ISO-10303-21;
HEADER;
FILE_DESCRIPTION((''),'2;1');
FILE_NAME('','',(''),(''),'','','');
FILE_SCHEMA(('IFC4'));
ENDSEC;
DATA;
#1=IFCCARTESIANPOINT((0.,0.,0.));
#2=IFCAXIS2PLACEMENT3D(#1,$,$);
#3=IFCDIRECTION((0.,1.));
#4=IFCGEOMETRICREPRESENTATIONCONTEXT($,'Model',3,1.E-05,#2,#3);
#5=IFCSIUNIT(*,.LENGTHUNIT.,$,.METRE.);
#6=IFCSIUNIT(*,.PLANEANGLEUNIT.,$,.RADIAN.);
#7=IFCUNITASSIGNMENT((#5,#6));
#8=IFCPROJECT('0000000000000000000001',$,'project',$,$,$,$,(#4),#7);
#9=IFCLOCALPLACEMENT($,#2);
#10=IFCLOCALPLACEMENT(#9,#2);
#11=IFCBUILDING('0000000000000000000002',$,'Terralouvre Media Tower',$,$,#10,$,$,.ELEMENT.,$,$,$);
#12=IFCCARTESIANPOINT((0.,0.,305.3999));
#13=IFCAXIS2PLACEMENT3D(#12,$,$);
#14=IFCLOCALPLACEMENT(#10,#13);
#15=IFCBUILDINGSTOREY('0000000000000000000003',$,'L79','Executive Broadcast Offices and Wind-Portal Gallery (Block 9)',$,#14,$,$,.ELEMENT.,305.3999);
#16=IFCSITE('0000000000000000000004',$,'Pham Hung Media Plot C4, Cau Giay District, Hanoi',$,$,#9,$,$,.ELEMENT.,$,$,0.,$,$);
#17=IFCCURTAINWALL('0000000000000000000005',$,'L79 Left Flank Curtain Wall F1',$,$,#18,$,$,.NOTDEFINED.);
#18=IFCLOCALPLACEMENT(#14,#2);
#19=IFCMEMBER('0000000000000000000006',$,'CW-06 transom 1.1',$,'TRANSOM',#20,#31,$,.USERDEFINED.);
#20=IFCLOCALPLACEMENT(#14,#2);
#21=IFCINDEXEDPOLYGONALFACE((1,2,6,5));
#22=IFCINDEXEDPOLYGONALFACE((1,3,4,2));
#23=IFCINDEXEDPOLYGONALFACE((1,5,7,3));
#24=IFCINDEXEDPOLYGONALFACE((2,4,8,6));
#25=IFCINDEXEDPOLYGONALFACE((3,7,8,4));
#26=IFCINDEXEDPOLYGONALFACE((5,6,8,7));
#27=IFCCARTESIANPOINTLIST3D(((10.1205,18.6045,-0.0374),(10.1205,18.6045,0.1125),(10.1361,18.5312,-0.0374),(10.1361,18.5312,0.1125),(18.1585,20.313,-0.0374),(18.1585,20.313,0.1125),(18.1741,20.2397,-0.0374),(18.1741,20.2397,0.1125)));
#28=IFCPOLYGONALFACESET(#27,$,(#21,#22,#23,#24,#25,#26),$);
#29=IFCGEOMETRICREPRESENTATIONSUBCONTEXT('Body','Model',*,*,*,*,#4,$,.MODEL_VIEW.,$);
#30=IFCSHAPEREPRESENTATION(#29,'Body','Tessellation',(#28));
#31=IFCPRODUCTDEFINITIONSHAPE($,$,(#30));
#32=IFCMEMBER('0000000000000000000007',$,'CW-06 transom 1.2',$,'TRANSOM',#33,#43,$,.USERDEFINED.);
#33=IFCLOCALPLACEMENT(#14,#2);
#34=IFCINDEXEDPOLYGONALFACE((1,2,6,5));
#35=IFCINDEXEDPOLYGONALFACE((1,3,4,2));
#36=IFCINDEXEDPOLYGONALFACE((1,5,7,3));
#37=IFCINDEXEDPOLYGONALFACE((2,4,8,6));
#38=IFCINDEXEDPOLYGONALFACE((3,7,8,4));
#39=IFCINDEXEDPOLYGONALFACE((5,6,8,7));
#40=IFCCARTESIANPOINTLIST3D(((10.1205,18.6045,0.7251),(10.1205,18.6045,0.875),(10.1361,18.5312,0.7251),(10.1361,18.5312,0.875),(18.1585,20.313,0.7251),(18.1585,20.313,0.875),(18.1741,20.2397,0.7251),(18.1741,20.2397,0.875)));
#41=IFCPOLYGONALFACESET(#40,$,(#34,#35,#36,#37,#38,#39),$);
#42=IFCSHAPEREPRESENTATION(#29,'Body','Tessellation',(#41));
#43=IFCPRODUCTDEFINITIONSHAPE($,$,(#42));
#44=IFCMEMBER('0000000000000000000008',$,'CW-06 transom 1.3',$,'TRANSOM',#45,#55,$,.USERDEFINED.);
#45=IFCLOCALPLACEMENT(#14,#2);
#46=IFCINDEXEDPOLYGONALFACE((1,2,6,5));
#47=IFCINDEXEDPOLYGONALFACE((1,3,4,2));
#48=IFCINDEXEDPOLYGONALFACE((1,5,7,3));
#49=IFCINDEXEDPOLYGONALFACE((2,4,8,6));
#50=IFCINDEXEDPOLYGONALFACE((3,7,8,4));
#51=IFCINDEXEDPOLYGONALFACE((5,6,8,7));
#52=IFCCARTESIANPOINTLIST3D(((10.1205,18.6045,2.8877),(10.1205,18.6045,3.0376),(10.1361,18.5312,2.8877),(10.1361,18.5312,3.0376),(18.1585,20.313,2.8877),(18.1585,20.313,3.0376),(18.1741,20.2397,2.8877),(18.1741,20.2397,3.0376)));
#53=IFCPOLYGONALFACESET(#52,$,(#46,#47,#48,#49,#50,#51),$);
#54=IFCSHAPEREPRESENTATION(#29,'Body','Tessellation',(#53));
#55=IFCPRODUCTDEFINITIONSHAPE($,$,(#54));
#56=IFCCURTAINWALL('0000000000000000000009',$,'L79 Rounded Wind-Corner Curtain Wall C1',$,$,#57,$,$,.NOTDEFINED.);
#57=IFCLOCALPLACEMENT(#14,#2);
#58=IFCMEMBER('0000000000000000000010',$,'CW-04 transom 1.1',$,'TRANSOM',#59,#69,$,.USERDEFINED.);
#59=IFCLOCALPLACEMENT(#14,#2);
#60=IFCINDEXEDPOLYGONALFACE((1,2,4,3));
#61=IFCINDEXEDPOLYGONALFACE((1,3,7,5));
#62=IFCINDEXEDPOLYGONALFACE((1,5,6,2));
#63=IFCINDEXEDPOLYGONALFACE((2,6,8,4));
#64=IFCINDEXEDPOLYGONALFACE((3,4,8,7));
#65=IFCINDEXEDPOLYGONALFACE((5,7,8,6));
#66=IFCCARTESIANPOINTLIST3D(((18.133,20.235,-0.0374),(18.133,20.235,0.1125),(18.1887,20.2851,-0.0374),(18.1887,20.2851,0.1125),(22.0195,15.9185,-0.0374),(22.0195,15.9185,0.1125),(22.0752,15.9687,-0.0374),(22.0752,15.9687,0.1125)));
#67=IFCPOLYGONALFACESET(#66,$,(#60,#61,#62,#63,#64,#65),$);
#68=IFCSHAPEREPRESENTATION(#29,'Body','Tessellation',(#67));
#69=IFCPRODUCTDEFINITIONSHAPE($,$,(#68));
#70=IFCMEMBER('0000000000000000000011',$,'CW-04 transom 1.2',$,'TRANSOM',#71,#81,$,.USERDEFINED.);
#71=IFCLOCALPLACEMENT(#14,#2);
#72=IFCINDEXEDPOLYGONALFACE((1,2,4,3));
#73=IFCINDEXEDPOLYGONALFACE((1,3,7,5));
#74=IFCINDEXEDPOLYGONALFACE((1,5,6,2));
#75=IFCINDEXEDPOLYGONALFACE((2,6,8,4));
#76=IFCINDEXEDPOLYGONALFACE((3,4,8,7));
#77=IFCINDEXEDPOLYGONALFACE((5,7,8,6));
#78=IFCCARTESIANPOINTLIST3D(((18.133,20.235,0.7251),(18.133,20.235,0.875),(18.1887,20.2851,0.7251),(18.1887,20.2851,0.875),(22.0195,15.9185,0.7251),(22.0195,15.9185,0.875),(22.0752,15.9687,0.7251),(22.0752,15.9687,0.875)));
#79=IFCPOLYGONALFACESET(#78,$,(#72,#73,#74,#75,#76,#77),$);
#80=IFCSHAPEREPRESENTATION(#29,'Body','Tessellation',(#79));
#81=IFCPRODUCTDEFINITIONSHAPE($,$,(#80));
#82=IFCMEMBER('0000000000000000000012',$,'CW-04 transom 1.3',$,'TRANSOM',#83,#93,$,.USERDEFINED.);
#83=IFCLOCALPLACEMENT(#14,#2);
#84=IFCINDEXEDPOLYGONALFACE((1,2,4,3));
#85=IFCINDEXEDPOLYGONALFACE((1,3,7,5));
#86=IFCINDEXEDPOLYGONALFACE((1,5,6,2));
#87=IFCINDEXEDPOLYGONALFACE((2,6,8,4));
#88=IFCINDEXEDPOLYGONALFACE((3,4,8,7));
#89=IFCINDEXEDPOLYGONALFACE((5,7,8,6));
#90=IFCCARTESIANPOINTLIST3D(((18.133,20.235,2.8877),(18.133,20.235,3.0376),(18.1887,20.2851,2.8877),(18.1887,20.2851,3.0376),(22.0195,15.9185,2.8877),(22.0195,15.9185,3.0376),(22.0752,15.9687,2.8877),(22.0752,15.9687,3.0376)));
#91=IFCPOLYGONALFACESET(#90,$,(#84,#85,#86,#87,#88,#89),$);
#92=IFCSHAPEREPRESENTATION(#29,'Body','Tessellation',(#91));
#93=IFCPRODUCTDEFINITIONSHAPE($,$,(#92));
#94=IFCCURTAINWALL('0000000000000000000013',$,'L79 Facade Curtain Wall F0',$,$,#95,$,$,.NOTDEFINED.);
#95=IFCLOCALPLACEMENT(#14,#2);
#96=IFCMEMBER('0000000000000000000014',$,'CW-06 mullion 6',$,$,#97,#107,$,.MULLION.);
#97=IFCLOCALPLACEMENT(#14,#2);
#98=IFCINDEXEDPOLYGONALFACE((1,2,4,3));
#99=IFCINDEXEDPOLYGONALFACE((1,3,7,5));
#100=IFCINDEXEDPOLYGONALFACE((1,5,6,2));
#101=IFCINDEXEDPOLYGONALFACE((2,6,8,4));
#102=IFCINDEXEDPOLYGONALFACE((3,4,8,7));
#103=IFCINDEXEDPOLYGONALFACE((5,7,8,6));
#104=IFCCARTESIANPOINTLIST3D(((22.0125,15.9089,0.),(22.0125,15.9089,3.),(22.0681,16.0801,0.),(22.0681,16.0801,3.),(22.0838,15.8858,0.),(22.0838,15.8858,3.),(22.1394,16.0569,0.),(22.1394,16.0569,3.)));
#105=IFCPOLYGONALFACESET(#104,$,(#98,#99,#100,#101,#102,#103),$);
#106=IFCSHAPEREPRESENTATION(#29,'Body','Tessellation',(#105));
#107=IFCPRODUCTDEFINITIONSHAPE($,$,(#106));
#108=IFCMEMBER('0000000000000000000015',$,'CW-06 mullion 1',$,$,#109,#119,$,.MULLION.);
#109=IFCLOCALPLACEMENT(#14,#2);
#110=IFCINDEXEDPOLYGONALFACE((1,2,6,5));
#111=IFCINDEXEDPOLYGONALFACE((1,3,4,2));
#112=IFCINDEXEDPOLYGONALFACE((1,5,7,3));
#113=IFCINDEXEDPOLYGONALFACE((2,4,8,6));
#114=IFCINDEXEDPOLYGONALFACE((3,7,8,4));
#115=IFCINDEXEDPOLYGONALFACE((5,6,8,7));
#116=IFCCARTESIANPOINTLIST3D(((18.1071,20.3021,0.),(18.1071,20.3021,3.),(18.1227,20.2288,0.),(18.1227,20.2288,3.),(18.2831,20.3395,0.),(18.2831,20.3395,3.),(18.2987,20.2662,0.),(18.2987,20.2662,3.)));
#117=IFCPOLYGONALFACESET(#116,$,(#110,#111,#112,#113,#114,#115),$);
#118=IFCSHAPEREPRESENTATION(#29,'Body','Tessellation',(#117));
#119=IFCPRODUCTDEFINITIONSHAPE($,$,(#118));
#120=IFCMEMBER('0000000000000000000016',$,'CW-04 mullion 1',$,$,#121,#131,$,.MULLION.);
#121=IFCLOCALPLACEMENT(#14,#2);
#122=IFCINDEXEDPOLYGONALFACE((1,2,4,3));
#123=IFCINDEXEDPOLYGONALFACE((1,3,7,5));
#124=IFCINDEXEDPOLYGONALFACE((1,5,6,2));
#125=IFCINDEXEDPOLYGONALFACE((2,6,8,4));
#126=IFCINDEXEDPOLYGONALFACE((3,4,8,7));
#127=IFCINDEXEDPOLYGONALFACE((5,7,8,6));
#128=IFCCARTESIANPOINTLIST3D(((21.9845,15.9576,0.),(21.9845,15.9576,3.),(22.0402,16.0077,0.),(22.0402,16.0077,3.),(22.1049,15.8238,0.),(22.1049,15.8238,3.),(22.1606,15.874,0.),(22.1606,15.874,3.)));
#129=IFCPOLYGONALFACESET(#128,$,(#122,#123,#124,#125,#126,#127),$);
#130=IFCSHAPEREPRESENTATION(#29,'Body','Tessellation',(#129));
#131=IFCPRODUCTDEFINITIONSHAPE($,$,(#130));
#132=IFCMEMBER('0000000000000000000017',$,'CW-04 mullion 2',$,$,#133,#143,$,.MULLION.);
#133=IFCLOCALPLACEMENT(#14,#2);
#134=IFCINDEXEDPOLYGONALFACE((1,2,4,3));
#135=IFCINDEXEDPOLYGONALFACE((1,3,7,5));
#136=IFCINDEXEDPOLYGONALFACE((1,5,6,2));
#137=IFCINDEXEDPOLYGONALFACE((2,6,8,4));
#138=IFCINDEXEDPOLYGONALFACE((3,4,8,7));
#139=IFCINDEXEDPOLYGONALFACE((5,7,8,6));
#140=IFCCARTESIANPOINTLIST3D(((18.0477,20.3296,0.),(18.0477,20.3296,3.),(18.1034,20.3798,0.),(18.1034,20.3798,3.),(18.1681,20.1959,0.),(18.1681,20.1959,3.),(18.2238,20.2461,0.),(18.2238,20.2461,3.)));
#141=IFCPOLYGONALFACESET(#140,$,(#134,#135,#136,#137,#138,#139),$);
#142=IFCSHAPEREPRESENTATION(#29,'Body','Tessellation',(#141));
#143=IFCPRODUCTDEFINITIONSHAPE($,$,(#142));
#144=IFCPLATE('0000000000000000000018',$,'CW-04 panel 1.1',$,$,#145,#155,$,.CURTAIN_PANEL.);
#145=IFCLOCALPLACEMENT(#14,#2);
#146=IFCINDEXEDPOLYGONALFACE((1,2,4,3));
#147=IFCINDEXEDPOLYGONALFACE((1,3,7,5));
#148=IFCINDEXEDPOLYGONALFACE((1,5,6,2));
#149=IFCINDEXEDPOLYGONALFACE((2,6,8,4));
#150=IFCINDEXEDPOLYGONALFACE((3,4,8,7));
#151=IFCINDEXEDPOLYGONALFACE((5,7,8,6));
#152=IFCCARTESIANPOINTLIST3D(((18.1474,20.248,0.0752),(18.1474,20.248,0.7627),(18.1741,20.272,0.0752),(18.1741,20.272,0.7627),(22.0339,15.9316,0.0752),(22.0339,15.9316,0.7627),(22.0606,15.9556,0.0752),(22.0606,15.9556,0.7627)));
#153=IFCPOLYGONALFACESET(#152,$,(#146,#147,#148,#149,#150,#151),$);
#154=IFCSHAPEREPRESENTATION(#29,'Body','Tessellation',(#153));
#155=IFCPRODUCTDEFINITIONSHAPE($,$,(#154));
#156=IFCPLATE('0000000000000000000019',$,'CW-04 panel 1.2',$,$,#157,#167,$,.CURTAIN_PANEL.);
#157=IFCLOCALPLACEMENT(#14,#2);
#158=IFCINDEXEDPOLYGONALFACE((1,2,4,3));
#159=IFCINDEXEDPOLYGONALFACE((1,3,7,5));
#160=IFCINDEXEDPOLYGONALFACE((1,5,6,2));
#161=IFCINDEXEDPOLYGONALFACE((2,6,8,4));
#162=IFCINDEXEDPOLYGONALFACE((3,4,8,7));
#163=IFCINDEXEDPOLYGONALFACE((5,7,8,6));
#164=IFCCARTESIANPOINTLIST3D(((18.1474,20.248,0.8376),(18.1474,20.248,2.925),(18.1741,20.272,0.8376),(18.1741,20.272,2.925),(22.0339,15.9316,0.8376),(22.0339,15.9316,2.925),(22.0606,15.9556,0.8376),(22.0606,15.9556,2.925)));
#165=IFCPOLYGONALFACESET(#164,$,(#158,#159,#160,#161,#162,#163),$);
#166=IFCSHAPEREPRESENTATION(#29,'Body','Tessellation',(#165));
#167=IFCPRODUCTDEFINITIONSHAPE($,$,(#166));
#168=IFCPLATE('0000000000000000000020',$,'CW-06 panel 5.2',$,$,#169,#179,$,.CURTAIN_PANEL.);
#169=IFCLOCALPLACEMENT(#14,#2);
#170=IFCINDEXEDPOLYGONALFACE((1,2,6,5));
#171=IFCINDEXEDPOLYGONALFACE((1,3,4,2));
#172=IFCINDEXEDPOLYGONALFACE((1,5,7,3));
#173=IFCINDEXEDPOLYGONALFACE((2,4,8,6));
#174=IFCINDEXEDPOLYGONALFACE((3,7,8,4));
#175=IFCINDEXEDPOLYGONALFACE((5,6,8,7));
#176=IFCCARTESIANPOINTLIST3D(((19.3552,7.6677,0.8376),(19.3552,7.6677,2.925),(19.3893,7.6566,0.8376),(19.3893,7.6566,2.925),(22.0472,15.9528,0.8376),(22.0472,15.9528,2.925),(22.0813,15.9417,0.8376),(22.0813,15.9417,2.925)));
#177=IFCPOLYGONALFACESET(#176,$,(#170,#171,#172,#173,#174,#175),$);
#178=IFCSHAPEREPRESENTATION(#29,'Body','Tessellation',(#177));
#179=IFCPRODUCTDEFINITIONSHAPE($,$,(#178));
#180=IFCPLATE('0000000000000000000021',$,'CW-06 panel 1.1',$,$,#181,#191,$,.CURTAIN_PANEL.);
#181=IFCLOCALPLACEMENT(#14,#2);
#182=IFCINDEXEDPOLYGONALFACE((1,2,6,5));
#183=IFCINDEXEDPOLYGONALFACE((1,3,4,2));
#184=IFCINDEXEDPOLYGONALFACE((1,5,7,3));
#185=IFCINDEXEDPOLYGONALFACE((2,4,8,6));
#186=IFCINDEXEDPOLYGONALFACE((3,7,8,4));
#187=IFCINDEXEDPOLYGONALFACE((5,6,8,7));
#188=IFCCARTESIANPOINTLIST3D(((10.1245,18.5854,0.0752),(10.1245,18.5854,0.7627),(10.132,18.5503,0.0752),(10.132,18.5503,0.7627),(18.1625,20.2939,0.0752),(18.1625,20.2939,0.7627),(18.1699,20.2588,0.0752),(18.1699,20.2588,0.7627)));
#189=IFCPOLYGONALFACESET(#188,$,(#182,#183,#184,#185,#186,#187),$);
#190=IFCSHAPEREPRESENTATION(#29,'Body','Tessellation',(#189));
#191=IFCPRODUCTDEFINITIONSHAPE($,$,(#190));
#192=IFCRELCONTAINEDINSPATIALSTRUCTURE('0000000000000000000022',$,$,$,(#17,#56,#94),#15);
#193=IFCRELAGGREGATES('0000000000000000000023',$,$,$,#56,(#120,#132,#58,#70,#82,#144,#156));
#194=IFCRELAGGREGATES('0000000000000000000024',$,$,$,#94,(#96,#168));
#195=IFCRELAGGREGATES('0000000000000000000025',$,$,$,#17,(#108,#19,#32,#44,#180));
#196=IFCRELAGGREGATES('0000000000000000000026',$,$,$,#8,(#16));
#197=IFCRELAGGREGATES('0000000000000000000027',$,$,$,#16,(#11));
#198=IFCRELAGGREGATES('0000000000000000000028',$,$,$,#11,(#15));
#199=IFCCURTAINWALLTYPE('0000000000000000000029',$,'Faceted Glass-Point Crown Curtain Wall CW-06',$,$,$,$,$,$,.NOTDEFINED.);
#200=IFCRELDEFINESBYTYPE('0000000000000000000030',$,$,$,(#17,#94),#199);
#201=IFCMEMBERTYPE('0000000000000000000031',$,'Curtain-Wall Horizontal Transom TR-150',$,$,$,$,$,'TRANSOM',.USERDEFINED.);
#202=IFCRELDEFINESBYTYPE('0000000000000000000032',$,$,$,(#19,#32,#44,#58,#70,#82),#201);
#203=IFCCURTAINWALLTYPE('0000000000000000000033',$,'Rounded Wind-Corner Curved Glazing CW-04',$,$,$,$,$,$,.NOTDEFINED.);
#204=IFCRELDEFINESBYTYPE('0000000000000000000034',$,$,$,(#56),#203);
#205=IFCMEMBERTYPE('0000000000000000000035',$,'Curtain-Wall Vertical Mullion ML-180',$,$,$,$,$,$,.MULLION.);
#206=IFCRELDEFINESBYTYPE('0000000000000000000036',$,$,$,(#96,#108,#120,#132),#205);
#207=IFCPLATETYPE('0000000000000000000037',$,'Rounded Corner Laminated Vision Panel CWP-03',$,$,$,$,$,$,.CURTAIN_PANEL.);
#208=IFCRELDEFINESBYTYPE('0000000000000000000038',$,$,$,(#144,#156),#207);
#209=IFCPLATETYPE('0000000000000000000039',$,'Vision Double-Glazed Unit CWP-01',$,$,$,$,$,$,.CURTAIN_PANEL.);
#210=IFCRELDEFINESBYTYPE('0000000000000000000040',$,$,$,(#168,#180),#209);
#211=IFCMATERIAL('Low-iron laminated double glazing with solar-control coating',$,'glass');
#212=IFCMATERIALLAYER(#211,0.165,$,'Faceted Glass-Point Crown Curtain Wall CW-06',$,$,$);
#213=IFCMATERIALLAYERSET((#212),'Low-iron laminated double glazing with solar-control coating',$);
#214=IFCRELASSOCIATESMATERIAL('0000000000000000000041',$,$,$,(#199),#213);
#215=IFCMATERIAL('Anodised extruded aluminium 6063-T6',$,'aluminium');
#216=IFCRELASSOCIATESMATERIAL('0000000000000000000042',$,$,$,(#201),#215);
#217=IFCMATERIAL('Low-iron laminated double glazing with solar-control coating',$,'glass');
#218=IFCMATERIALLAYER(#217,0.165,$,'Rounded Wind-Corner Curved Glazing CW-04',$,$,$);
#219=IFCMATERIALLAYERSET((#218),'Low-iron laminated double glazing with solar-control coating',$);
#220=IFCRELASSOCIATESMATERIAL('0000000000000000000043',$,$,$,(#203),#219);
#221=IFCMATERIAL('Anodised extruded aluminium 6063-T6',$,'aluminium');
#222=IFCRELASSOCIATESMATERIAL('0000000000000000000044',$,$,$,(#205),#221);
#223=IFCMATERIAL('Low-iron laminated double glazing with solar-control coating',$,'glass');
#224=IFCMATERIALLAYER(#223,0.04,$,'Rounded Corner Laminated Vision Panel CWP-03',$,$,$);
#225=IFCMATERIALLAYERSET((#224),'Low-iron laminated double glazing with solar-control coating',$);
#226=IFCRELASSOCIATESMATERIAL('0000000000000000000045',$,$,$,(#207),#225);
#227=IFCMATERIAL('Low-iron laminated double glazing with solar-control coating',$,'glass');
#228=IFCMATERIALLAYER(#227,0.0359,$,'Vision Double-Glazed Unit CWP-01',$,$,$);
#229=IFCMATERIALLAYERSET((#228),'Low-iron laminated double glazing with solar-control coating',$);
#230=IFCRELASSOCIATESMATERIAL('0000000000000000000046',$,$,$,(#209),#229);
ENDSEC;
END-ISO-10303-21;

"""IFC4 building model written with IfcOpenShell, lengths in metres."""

from ifc_helpers import new_model, si_unit, direction, frame, origin, origin_2d, place, context, subcontext, project, spatial, rectangle, extrude, material, layer, layer_set, material_profile, profile_set, type_object, element, aggregate, save


model = new_model("IFC4")

# Units and contexts
model_context = context("Model", 3, precision=1e-05, world=origin(), true_north=direction((0.0, 1.0)))
body_context = subcontext(model_context, "Body", "Model", "MODEL_VIEW")
ifc_project = project(units=[si_unit("LENGTHUNIT", "METRE"), si_unit("PLANEANGLEUNIT", "RADIAN")], contexts=[model_context])

# Site, building, storey
site_placement = place(None, origin())
site = spatial("IfcSite", under=ifc_project, at=site_placement, Name="Pham Hung Media Plot C4, Cau Giay District, Hanoi", CompositionType="ELEMENT", RefElevation=0.0)
building_placement = place(site_placement, origin())
building = spatial("IfcBuilding", under=site, at=building_placement, Name="Terralouvre Media Tower", CompositionType="ELEMENT")
storey_placement = place(building_placement, frame((0.0, 0.0, 305.3999)))
storey = spatial("IfcBuildingStorey", under=building, at=storey_placement, Name="L79", Description="Executive Broadcast Offices and Wind-Portal Gallery (Block 9)", CompositionType="ELEMENT", Elevation=305.3999)

# Curtain walls, members
ifc_material_1 = material(Name="Low-iron laminated double glazing with solar-control coating", Category="glass")
ifc_layer_1 = layer(ifc_material_1, 0.165, Name="Faceted Glass-Point Crown Curtain Wall CW-06")
ifc_layer_set_1 = layer_set([ifc_layer_1], Name="Low-iron laminated double glazing with solar-control coating")
curtain_wall_type_1 = type_object("IfcCurtainWallType", Name="Faceted Glass-Point Crown Curtain Wall CW-06", PredefinedType="NOTDEFINED", material=ifc_layer_set_1)
curtain_wall_1_placement = place(storey_placement, origin())
curtain_wall_1 = element("IfcCurtainWall", 1, at=curtain_wall_1_placement, inside=storey, type_object=curtain_wall_type_1, Name="L79 Left Flank Curtain Wall F1", PredefinedType="NOTDEFINED")
ifc_material_2 = material(Name="Anodised extruded aluminium 6063-T6", Category="aluminium")
ifc_material_profile_1 = material_profile(ifc_material_2, rectangle(XDim=0.075, YDim=0.1499, at=origin_2d()), Name="ALU 75x150")
ifc_profile_set_1 = profile_set([ifc_material_profile_1], Name="Anodised extruded aluminium 6063-T6")
member_type_1 = type_object("IfcMemberType", Name="Curtain-Wall Horizontal Transom TR-150", ElementType="TRANSOM", PredefinedType="USERDEFINED", material=ifc_profile_set_1)
member_1_placement = place(storey_placement, frame((18.1663, 20.2764, 0.0376), z_axis=(-0.978148, -0.207912, 0.0), x_axis=(0.207912, -0.978148, 0.0)))
member_1 = element("IfcMember", 2, at=member_1_placement, type_object=member_type_1, Name="CW-06 transom 1.1", ObjectType="TRANSOM", PredefinedType="USERDEFINED", context=body_context, shape_type="SweptSolid", body=[
    extrude(rectangle(XDim=0.075, YDim=0.1499, at=origin_2d()), origin(), (0.0, 0.0, 1.0), 8.2175),
])
member_2_placement = place(storey_placement, frame((18.1663, 20.2764, 0.8), z_axis=(-0.978148, -0.207912, 0.0), x_axis=(0.207912, -0.978148, 0.0)))
member_2 = element("IfcMember", 3, at=member_2_placement, type_object=member_type_1, Name="CW-06 transom 1.2", ObjectType="TRANSOM", PredefinedType="USERDEFINED", context=body_context, shape_type="SweptSolid", body=[
    extrude(rectangle(XDim=0.075, YDim=0.1499, at=origin_2d()), origin(), (0.0, 0.0, 1.0), 8.2175),
])
member_3_placement = place(storey_placement, frame((18.1663, 20.2764, 2.9626), z_axis=(-0.978148, -0.207912, 0.0), x_axis=(0.207912, -0.978148, 0.0)))
member_3 = element("IfcMember", 4, at=member_3_placement, type_object=member_type_1, Name="CW-06 transom 1.3", ObjectType="TRANSOM", PredefinedType="USERDEFINED", context=body_context, shape_type="SweptSolid", body=[
    extrude(rectangle(XDim=0.075, YDim=0.1499, at=origin_2d()), origin(), (0.0, 0.0, 1.0), 8.2175),
])
ifc_material_3 = material(Name="Low-iron laminated double glazing with solar-control coating", Category="glass")
ifc_layer_2 = layer(ifc_material_3, 0.165, Name="Rounded Wind-Corner Curved Glazing CW-04")
ifc_layer_set_2 = layer_set([ifc_layer_2], Name="Low-iron laminated double glazing with solar-control coating")
curtain_wall_type_2 = type_object("IfcCurtainWallType", Name="Rounded Wind-Corner Curved Glazing CW-04", PredefinedType="NOTDEFINED", material=ifc_layer_set_2)
curtain_wall_2_placement = place(storey_placement, origin())
curtain_wall_2 = element("IfcCurtainWall", 5, at=curtain_wall_2_placement, inside=storey, type_object=curtain_wall_type_2, Name="L79 Rounded Wind-Corner Curtain Wall C1", PredefinedType="NOTDEFINED")
member_4_placement = place(storey_placement, frame((22.0474, 15.9436, 0.0376), z_axis=(-0.669127, 0.743148, 0.0), x_axis=(-0.743148, -0.669127, 0.0)))
member_4 = element("IfcMember", 6, at=member_4_placement, type_object=member_type_1, Name="CW-04 transom 1.1", ObjectType="TRANSOM", PredefinedType="USERDEFINED", context=body_context, shape_type="SweptSolid", body=[
    extrude(rectangle(XDim=0.075, YDim=0.1499, at=origin_2d()), origin(), (0.0, 0.0, 1.0), 5.8083),
])
member_5_placement = place(storey_placement, frame((22.0474, 15.9436, 0.8), z_axis=(-0.669127, 0.743148, 0.0), x_axis=(-0.743148, -0.669127, 0.0)))
member_5 = element("IfcMember", 7, at=member_5_placement, type_object=member_type_1, Name="CW-04 transom 1.2", ObjectType="TRANSOM", PredefinedType="USERDEFINED", context=body_context, shape_type="SweptSolid", body=[
    extrude(rectangle(XDim=0.075, YDim=0.1499, at=origin_2d()), origin(), (0.0, 0.0, 1.0), 5.8083),
])
member_6_placement = place(storey_placement, frame((22.0474, 15.9436, 2.9626), z_axis=(-0.669127, 0.743148, 0.0), x_axis=(-0.743148, -0.669127, 0.0)))
member_6 = element("IfcMember", 8, at=member_6_placement, type_object=member_type_1, Name="CW-04 transom 1.3", ObjectType="TRANSOM", PredefinedType="USERDEFINED", context=body_context, shape_type="SweptSolid", body=[
    extrude(rectangle(XDim=0.075, YDim=0.1499, at=origin_2d()), origin(), (0.0, 0.0, 1.0), 5.8083),
])

# Curtain wall, member
curtain_wall_3_placement = place(storey_placement, origin())
curtain_wall_3 = element("IfcCurtainWall", 9, at=curtain_wall_3_placement, inside=storey, type_object=curtain_wall_type_1, Name="L79 Facade Curtain Wall F0", PredefinedType="NOTDEFINED")
ifc_material_4 = material(Name="Anodised extruded aluminium 6063-T6", Category="aluminium")
ifc_material_profile_2 = material_profile(ifc_material_4, rectangle(XDim=0.075, YDim=0.1799, at=origin_2d()), Name="ALU 75x180")
ifc_profile_set_2 = profile_set([ifc_material_profile_2], Name="Anodised extruded aluminium 6063-T6")
member_type_2 = type_object("IfcMemberType", Name="Curtain-Wall Vertical Mullion ML-180", PredefinedType="MULLION", material=ifc_profile_set_2)
member_7_placement = place(storey_placement, frame((22.0759, 15.9829, 0.0), z_axis=(0.0, 0.0, 1.0), x_axis=(-0.951057, 0.309017, 0.0)))
member_7 = element("IfcMember", 10, at=member_7_placement, type_object=member_type_2, Name="CW-06 mullion 6", PredefinedType="MULLION", context=body_context, shape_type="SweptSolid", body=[
    extrude(rectangle(XDim=0.075, YDim=0.1799, at=origin_2d()), origin(), (0.0, 0.0, 1.0), 3.0),
])

# Members
member_8_placement = place(storey_placement, frame((18.2029, 20.2842, 0.0), z_axis=(0.0, 0.0, 1.0), x_axis=(0.207912, -0.978148, 0.0)))
member_8 = element("IfcMember", 11, at=member_8_placement, type_object=member_type_2, Name="CW-06 mullion 1", PredefinedType="MULLION", context=body_context, shape_type="SweptSolid", body=[
    extrude(rectangle(XDim=0.075, YDim=0.1799, at=origin_2d()), origin(), (0.0, 0.0, 1.0), 3.0),
])
member_9_placement = place(storey_placement, frame((22.0725, 15.9158, 0.0), z_axis=(0.0, 0.0, 1.0), x_axis=(-0.743145, -0.66913, 0.0)))
member_9 = element("IfcMember", 12, at=member_9_placement, type_object=member_type_2, Name="CW-04 mullion 1", PredefinedType="MULLION", context=body_context, shape_type="SweptSolid", body=[
    extrude(rectangle(XDim=0.075, YDim=0.1799, at=origin_2d()), origin(), (0.0, 0.0, 1.0), 3.0),
])
member_10_placement = place(storey_placement, frame((18.1357, 20.2878, 0.0), z_axis=(0.0, 0.0, 1.0), x_axis=(-0.743145, -0.66913, 0.0)))
member_10 = element("IfcMember", 13, at=member_10_placement, type_object=member_type_2, Name="CW-04 mullion 2", PredefinedType="MULLION", context=body_context, shape_type="SweptSolid", body=[
    extrude(rectangle(XDim=0.075, YDim=0.1799, at=origin_2d()), origin(), (0.0, 0.0, 1.0), 3.0),
])

# Plates
ifc_material_5 = material(Name="Low-iron laminated double glazing with solar-control coating", Category="glass")
ifc_layer_3 = layer(ifc_material_5, 0.04, Name="Rounded Corner Laminated Vision Panel CWP-03")
ifc_layer_set_3 = layer_set([ifc_layer_3], Name="Low-iron laminated double glazing with solar-control coating")
plate_type_1 = type_object("IfcPlateType", Name="Rounded Corner Laminated Vision Panel CWP-03", PredefinedType="CURTAIN_PANEL", material=ifc_layer_set_3)
plate_1_placement = place(storey_placement, frame((20.104, 18.1018, 0.0752), z_axis=(0.0, 0.0, 1.0), x_axis=(-0.66913, 0.743145, 0.0)))
plate_1 = element("IfcPlate", 14, at=plate_1_placement, type_object=plate_type_1, Name="CW-04 panel 1.1", PredefinedType="CURTAIN_PANEL", context=body_context, shape_type="SweptSolid", body=[
    extrude(rectangle(XDim=5.8083, YDim=0.0359, at=origin_2d()), origin(), (0.0, 0.0, 1.0), 0.6875),
])
plate_2_placement = place(storey_placement, frame((20.104, 18.1018, 0.8376), z_axis=(0.0, 0.0, 1.0), x_axis=(-0.66913, 0.743145, 0.0)))
plate_2 = element("IfcPlate", 15, at=plate_2_placement, type_object=plate_type_1, Name="CW-04 panel 1.2", PredefinedType="CURTAIN_PANEL", context=body_context, shape_type="SweptSolid", body=[
    extrude(rectangle(XDim=5.8083, YDim=0.0359, at=origin_2d()), origin(), (0.0, 0.0, 1.0), 2.0874),
])
aggregate(curtain_wall_2, [member_9, member_10, member_4, member_5, member_6, plate_1, plate_2])
ifc_material_6 = material(Name="Low-iron laminated double glazing with solar-control coating", Category="glass")
ifc_layer_4 = layer(ifc_material_6, 0.0359, Name="Vision Double-Glazed Unit CWP-01")
ifc_layer_set_4 = layer_set([ifc_layer_4], Name="Low-iron laminated double glazing with solar-control coating")
plate_type_2 = type_object("IfcPlateType", Name="Vision Double-Glazed Unit CWP-01", PredefinedType="CURTAIN_PANEL", material=ifc_layer_set_4)
plate_3_placement = place(storey_placement, frame((20.7183, 11.8047, 0.8376), z_axis=(0.0, 0.0, 1.0), x_axis=(0.309017, 0.951057, 0.0)))
plate_3 = element("IfcPlate", 16, at=plate_3_placement, type_object=plate_type_2, Name="CW-06 panel 5.2", PredefinedType="CURTAIN_PANEL", context=body_context, shape_type="SweptSolid", body=[
    extrude(rectangle(XDim=8.7114, YDim=0.0359, at=origin_2d()), origin(), (0.0, 0.0, 1.0), 2.0874),
])
aggregate(curtain_wall_3, [member_7, plate_3])
plate_4_placement = place(storey_placement, frame((14.1472, 19.4221, 0.0752), z_axis=(0.0, 0.0, 1.0), x_axis=(-0.978148, -0.207912, 0.0)))
plate_4 = element("IfcPlate", 17, at=plate_4_placement, type_object=plate_type_2, Name="CW-06 panel 1.1", PredefinedType="CURTAIN_PANEL", context=body_context, shape_type="SweptSolid", body=[
    extrude(rectangle(XDim=8.2175, YDim=0.0359, at=origin_2d()), origin(), (0.0, 0.0, 1.0), 0.6875),
])
aggregate(curtain_wall_1, [member_8, member_1, member_2, member_3, plate_4])

save(model, "model.ifc")
